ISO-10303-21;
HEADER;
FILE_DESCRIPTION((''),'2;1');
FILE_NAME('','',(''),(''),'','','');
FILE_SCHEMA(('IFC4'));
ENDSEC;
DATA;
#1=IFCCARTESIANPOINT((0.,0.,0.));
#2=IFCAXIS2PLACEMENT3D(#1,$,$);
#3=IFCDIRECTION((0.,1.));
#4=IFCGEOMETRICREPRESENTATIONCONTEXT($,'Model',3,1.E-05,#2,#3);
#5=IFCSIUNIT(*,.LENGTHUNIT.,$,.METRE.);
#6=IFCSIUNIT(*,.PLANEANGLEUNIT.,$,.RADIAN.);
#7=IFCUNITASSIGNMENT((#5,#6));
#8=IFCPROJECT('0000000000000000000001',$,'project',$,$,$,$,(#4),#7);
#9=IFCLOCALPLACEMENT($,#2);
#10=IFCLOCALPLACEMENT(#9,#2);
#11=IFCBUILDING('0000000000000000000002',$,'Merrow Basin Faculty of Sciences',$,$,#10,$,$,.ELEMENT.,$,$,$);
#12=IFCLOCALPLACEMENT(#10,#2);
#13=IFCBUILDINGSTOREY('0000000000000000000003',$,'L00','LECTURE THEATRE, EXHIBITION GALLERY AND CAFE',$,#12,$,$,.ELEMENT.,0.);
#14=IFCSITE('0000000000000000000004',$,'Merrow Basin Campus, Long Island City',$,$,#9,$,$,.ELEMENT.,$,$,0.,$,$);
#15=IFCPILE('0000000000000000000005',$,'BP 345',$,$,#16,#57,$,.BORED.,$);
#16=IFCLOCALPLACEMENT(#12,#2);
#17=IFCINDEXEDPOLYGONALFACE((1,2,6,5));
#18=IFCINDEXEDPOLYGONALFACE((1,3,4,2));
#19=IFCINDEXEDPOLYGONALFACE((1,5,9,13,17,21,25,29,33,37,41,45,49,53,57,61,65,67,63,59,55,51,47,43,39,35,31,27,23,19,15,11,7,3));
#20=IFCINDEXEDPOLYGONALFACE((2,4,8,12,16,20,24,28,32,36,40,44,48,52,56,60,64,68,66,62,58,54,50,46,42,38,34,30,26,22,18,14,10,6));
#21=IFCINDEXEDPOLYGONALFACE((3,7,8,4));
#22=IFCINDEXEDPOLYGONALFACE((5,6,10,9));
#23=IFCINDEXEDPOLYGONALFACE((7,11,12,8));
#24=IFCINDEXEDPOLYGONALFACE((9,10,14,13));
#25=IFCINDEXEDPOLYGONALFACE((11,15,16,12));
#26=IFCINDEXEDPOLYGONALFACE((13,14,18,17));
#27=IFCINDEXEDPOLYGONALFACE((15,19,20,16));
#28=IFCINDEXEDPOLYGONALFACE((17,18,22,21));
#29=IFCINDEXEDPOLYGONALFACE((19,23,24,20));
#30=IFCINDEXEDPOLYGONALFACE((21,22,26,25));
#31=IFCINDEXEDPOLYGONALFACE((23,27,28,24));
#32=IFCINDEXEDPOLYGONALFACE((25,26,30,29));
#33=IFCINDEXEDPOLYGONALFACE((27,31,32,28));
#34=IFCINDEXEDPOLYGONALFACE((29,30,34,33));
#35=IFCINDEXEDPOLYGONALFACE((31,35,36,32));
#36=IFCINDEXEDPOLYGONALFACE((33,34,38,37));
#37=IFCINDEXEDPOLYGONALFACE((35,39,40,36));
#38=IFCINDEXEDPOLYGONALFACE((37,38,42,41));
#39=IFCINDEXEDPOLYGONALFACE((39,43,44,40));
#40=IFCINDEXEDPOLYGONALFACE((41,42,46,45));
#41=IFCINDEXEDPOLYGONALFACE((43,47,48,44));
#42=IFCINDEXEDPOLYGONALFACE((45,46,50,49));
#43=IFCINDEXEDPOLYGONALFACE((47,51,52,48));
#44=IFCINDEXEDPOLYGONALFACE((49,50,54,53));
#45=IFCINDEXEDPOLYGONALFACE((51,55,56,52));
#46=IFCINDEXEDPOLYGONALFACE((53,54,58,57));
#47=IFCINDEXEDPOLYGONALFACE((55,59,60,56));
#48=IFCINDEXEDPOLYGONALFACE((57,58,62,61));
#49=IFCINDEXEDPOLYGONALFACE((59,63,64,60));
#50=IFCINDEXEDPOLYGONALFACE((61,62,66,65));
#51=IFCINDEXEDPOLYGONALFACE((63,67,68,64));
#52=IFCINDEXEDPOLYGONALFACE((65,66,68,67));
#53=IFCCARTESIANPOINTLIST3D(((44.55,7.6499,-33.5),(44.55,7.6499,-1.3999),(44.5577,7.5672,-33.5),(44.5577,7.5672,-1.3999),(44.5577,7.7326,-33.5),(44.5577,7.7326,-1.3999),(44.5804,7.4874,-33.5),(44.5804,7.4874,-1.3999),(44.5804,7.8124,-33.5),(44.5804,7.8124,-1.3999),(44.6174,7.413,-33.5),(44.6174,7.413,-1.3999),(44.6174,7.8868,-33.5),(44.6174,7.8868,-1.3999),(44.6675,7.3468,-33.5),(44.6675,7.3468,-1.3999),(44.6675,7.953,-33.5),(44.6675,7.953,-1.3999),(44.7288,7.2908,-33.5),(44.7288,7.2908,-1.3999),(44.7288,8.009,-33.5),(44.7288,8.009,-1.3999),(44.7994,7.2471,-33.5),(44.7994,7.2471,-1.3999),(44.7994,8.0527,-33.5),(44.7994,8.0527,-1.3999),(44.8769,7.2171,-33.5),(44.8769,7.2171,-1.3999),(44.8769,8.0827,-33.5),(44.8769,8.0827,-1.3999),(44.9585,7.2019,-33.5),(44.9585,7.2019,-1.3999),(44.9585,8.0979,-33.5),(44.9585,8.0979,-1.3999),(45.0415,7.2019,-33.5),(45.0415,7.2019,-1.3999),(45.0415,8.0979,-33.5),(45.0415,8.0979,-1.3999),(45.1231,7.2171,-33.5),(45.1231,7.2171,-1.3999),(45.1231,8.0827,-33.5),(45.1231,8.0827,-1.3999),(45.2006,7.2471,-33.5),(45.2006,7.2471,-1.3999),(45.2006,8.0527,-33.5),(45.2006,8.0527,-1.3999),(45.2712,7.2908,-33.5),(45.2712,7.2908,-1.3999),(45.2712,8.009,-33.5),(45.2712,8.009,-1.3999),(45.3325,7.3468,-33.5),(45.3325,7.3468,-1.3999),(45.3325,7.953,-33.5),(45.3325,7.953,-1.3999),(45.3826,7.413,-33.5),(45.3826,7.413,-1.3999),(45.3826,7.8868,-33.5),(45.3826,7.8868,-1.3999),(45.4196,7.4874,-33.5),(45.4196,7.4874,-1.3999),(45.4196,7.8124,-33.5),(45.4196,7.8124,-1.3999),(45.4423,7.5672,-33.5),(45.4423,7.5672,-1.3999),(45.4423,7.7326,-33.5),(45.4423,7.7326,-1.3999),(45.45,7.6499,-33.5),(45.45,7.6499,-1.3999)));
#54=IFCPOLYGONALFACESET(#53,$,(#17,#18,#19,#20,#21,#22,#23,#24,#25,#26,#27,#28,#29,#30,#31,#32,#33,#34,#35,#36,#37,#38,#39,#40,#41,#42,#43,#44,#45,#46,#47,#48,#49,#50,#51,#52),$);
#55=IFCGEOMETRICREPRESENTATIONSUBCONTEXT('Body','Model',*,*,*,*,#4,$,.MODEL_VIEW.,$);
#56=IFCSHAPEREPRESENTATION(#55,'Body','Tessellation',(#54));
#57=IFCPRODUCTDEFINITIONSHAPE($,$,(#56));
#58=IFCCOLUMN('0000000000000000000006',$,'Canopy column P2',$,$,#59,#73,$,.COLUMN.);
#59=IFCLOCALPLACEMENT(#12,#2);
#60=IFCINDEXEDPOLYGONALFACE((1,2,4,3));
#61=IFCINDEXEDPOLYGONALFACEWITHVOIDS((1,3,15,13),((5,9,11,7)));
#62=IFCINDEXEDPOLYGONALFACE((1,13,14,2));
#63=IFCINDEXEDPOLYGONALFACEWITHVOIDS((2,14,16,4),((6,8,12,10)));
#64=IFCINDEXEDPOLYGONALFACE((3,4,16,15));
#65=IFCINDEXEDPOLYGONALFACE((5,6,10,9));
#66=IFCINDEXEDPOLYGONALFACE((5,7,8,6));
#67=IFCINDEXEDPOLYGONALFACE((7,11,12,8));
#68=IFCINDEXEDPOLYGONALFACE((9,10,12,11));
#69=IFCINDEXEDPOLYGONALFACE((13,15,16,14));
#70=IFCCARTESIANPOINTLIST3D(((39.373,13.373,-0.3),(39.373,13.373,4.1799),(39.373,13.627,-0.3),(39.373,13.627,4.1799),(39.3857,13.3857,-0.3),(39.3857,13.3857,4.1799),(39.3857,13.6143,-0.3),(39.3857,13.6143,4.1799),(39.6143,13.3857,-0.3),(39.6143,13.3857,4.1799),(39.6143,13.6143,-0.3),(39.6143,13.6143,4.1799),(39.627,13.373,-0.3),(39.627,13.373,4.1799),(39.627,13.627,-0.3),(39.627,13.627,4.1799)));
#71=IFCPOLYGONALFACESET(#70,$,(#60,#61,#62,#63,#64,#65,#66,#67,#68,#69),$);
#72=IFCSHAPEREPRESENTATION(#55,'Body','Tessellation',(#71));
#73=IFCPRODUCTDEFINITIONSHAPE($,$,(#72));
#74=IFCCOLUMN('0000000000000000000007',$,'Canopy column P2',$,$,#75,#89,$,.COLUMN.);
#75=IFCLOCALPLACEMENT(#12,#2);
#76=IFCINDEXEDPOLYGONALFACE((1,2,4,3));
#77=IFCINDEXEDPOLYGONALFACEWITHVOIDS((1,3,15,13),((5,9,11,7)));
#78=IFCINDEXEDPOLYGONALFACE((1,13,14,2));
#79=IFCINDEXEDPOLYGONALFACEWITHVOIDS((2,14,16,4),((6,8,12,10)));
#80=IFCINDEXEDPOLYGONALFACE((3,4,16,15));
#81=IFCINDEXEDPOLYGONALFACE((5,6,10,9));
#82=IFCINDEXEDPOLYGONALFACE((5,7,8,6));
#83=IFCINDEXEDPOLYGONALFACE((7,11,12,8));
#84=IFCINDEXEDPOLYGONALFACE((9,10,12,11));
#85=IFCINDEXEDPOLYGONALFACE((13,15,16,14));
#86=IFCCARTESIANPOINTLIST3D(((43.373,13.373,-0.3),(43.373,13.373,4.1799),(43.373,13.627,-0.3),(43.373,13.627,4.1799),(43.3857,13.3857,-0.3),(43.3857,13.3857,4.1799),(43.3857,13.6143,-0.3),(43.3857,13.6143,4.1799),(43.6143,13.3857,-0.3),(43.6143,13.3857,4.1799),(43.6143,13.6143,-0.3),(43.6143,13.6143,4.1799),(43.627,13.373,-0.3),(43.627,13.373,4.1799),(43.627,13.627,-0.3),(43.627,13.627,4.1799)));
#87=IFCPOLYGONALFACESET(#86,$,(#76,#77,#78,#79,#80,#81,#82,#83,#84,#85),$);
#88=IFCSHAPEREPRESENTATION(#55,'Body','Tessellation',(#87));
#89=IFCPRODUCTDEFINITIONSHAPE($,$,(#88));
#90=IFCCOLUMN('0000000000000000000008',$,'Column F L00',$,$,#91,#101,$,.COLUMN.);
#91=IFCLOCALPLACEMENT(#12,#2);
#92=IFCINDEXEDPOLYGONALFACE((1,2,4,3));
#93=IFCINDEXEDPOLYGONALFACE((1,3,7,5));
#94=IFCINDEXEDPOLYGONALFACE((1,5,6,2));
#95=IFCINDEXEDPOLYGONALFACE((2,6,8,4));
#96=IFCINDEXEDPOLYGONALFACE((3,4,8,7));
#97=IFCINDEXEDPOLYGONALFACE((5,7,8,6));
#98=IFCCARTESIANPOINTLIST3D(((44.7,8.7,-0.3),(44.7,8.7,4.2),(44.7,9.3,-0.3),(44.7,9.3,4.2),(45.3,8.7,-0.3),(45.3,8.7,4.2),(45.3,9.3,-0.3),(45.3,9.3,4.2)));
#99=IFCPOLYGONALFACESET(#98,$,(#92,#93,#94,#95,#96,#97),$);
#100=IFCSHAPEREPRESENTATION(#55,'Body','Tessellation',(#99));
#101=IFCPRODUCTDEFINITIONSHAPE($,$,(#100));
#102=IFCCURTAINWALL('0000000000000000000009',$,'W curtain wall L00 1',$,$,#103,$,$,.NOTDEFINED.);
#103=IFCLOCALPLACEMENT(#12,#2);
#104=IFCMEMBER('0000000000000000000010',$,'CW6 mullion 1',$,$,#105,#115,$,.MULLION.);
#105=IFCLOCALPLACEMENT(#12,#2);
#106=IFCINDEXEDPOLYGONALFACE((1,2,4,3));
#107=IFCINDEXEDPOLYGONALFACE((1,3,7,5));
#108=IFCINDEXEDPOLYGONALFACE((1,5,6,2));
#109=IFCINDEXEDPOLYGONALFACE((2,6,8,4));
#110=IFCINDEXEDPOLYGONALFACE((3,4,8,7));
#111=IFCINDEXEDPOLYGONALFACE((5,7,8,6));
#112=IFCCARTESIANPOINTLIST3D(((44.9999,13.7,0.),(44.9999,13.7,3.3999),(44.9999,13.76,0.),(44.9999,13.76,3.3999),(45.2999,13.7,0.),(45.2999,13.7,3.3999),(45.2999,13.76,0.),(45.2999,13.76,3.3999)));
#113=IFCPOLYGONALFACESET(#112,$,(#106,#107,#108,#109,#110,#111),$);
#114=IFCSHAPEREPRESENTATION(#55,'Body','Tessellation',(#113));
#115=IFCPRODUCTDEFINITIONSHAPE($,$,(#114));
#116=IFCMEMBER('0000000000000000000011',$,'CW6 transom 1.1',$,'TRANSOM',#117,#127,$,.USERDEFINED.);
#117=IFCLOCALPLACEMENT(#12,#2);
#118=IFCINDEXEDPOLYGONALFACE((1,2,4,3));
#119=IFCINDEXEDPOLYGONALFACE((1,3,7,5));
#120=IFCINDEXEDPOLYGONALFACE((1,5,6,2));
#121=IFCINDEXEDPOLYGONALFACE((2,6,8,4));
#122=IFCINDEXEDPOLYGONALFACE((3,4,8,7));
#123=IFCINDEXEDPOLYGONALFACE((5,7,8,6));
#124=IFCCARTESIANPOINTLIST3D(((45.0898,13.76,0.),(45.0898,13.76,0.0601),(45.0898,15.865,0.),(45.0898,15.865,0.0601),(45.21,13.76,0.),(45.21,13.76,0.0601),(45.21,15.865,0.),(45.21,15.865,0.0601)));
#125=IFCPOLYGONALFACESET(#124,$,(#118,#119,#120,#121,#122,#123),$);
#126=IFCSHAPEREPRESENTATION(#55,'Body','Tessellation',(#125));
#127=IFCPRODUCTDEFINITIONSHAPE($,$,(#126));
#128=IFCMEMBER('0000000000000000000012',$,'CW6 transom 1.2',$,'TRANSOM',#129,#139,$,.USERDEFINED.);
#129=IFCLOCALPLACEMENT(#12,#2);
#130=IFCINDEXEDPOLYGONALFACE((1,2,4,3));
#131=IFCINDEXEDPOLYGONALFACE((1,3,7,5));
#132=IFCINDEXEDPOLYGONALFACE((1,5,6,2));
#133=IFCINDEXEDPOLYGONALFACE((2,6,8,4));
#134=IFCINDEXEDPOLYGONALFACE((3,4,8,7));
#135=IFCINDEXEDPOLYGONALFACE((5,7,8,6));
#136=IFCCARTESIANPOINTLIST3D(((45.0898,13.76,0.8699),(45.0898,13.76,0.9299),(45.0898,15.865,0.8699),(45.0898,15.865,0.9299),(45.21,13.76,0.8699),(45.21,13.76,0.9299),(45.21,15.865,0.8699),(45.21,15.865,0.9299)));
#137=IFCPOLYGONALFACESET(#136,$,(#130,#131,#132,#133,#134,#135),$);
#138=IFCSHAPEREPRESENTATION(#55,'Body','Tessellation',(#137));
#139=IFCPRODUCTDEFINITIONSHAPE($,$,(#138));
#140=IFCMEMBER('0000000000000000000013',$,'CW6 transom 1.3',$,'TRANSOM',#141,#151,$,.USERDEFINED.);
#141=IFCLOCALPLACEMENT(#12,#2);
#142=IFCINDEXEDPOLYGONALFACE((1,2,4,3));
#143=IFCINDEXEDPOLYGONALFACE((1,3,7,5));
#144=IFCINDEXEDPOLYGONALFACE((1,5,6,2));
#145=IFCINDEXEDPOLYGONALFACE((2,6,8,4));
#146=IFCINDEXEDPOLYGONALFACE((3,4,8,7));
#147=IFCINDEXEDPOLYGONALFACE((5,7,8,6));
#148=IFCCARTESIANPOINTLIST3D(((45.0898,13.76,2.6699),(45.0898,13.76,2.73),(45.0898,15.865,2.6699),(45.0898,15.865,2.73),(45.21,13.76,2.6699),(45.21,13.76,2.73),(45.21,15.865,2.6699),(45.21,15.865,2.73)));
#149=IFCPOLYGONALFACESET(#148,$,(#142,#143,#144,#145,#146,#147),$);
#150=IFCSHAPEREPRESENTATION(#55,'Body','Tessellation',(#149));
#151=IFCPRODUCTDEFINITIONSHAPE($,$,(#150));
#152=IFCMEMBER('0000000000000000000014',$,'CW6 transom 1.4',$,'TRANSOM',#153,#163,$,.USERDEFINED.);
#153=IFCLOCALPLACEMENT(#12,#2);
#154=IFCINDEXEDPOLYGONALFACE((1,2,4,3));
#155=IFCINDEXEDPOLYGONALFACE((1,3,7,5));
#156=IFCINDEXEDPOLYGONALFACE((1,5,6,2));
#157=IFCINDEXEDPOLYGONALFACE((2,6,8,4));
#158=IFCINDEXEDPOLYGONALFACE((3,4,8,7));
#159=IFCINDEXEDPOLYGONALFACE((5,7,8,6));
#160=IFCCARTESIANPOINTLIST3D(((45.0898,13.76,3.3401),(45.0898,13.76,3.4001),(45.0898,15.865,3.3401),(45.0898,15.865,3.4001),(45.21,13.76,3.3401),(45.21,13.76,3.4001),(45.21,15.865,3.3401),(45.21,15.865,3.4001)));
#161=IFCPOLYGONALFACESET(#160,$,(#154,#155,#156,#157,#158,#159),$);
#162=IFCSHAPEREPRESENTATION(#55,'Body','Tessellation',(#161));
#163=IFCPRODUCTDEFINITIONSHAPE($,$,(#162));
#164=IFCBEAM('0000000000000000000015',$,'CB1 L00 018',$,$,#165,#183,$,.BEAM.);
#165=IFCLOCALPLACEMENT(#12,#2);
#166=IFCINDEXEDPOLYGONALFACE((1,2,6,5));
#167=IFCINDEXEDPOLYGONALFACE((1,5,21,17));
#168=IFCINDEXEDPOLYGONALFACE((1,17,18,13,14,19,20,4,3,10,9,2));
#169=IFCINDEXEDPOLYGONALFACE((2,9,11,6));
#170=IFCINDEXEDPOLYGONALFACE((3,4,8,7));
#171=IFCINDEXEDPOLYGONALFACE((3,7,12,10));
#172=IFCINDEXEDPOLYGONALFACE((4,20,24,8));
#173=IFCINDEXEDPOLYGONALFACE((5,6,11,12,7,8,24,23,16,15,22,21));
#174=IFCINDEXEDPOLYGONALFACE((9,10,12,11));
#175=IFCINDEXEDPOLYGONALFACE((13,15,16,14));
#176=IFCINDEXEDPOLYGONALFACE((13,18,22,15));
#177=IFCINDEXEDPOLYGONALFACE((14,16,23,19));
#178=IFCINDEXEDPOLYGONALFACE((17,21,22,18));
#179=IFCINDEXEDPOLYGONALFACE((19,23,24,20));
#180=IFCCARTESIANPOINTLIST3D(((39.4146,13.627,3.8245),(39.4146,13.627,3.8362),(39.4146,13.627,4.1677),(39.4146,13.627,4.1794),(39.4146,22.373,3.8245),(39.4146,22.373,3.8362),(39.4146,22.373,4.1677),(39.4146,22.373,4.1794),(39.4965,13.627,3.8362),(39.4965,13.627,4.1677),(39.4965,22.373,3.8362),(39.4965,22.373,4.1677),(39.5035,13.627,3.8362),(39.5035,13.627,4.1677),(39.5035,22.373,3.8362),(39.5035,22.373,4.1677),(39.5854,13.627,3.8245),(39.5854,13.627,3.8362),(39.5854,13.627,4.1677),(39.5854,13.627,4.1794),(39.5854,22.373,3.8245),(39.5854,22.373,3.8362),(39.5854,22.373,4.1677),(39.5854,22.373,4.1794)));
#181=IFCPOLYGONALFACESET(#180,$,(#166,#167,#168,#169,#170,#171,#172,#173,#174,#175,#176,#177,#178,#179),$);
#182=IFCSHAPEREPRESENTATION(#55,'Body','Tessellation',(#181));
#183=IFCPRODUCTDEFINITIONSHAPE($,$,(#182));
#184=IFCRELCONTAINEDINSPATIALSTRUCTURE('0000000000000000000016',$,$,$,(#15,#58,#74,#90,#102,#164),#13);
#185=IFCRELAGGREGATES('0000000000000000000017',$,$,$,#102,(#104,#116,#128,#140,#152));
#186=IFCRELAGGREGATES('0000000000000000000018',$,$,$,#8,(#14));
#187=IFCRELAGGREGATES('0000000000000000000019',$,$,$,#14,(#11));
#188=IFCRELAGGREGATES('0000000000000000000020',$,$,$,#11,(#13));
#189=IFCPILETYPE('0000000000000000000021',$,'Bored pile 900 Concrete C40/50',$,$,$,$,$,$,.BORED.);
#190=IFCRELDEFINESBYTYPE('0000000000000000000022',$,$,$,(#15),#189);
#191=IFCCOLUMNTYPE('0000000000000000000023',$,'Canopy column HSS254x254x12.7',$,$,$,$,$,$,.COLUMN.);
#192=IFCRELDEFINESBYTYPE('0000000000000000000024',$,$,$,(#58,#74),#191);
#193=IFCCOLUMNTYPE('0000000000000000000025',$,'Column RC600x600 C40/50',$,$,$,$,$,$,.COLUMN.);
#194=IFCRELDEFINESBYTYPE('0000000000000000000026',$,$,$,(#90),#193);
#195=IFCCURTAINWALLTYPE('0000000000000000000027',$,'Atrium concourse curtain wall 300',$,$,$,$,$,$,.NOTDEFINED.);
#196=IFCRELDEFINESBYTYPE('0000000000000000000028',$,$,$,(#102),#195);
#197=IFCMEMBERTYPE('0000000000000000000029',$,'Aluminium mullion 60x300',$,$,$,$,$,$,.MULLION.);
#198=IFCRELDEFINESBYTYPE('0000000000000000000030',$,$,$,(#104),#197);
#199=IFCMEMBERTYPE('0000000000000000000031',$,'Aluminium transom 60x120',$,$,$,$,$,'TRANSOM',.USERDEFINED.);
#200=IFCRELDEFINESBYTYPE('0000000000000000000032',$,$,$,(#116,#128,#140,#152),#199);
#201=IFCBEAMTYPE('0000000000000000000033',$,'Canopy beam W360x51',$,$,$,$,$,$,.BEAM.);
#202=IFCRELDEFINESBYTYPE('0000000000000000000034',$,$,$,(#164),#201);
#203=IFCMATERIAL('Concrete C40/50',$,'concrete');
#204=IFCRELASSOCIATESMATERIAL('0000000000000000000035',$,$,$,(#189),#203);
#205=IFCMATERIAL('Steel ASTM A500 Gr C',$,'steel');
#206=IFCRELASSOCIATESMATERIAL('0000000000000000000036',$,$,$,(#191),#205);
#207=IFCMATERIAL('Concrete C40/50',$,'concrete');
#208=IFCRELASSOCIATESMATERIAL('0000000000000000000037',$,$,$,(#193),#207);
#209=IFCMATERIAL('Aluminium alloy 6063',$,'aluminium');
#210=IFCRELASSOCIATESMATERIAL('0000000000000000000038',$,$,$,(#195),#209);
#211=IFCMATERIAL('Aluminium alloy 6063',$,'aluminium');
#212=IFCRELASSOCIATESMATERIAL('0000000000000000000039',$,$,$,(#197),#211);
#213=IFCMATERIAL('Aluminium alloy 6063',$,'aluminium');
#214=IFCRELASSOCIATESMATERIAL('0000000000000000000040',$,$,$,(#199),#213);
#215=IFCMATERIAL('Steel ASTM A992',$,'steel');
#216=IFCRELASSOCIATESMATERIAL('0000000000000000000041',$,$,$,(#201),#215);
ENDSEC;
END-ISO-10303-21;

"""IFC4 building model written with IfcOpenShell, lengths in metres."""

from ifc_helpers import new_model, si_unit, direction, frame, origin, origin_2d, place, context, subcontext, project, spatial, rectangle, hollow_rectangle, circle, i_section, extrude, material, material_profile, profile_set, type_object, element, aggregate, save


model = new_model("IFC4")

# Units and contexts
model_context = context("Model", 3, precision=1e-05, world=origin(), true_north=direction((0.0, 1.0)))
body_context = subcontext(model_context, "Body", "Model", "MODEL_VIEW")
ifc_project = project(units=[si_unit("LENGTHUNIT", "METRE"), si_unit("PLANEANGLEUNIT", "RADIAN")], contexts=[model_context])

# Site, building, storey
site_placement = place(None, origin())
site = spatial("IfcSite", under=ifc_project, at=site_placement, Name="Merrow Basin Campus, Long Island City", CompositionType="ELEMENT", RefElevation=0.0)
building_placement = place(site_placement, origin())
building = spatial("IfcBuilding", under=site, at=building_placement, Name="Merrow Basin Faculty of Sciences", CompositionType="ELEMENT")
storey_placement = place(building_placement, origin())
storey = spatial("IfcBuildingStorey", under=building, at=storey_placement, Name="L00", Description="LECTURE THEATRE, EXHIBITION GALLERY AND CAFE", CompositionType="ELEMENT", Elevation=0.0)

# Pile
ifc_material_1 = material(Name="Concrete C40/50", Category="concrete")
ifc_material_profile_1 = material_profile(ifc_material_1, circle(Radius=0.45, at=origin_2d()))
ifc_profile_set_1 = profile_set([ifc_material_profile_1], Name="Concrete C40/50")
pile_type_1 = type_object("IfcPileType", Name="Bored pile 900 Concrete C40/50", PredefinedType="BORED", material=ifc_profile_set_1)
for number, where, z_axis, x_axis, name in (
    (1, (45.0, 7.6499, -1.3999), (0.0, 0.0, -1.0), (1.0, 0.0, 0.0), "BP 345"),
):
    element("IfcPile", number, at=place(storey_placement, frame(where, z_axis=z_axis, x_axis=x_axis)), inside=storey, type_object=pile_type_1, Name=name, PredefinedType="BORED", context=body_context, shape_type="SweptSolid", body=[
        extrude(circle(Radius=0.45, at=origin_2d()), origin(), (0.0, 0.0, 1.0), 32.1001),
    ])

# Columns
ifc_material_2 = material(Name="Steel ASTM A500 Gr C", Category="steel")
ifc_material_profile_2 = material_profile(ifc_material_2, hollow_rectangle(XDim=0.2539, YDim=0.2539, WallThickness=0.0127, at=origin_2d()))
ifc_profile_set_2 = profile_set([ifc_material_profile_2], Name="Steel ASTM A500 Gr C")
column_type_1 = type_object("IfcColumnType", Name="Canopy column HSS254x254x12.7", PredefinedType="COLUMN", material=ifc_profile_set_2)
for number, where, z_axis, x_axis, name in (
    (2, (39.5, 13.5, -0.3), (0.0, 0.0, 1.0), (1.0, 0.0, 0.0), "Canopy column P2"),
    (3, (43.5, 13.5, -0.3), (0.0, 0.0, 1.0), (1.0, 0.0, 0.0), "Canopy column P2"),
):
    element("IfcColumn", number, at=place(storey_placement, frame(where, z_axis=z_axis, x_axis=x_axis)), inside=storey, type_object=column_type_1, Name=name, PredefinedType="COLUMN", context=body_context, shape_type="SweptSolid", body=[
        extrude(hollow_rectangle(XDim=0.2539, YDim=0.2539, WallThickness=0.0127, at=origin_2d()), origin(), (0.0, 0.0, 1.0), 4.48),
    ])
ifc_material_3 = material(Name="Concrete C40/50", Category="concrete")
ifc_material_profile_3 = material_profile(ifc_material_3, rectangle(XDim=0.6001, YDim=0.6001, at=origin_2d()))
ifc_profile_set_3 = profile_set([ifc_material_profile_3], Name="Concrete C40/50")
column_type_2 = type_object("IfcColumnType", Name="Column RC600x600 C40/50", PredefinedType="COLUMN", material=ifc_profile_set_3)
column_placement = place(storey_placement, frame((45.0, 9.0, -0.3), z_axis=(0.0, 0.0, 1.0), x_axis=(1.0, 0.0, 0.0)))
element("IfcColumn", 4, at=column_placement, inside=storey, type_object=column_type_2, Name="Column F L00", PredefinedType="COLUMN", context=body_context, shape_type="SweptSolid", body=[
    extrude(rectangle(XDim=0.6001, YDim=0.6001, at=origin_2d()), origin(), (0.0, 0.0, 1.0), 4.5),
])

# Curtain wall, members
ifc_material_4 = material(Name="Aluminium alloy 6063", Category="aluminium")
curtain_wall_type = type_object("IfcCurtainWallType", Name="Atrium concourse curtain wall 300", PredefinedType="NOTDEFINED", material=ifc_material_4)
curtain_wall_placement = place(storey_placement, origin())
curtain_wall = element("IfcCurtainWall", 5, at=curtain_wall_placement, inside=storey, type_object=curtain_wall_type, Name="W curtain wall L00 1", PredefinedType="NOTDEFINED")
ifc_material_5 = material(Name="Aluminium alloy 6063", Category="aluminium")
ifc_material_profile_4 = material_profile(ifc_material_5, rectangle(XDim=0.3, YDim=0.0601, at=origin_2d()))
ifc_profile_set_4 = profile_set([ifc_material_profile_4], Name="Aluminium alloy 6063")
member_type_1 = type_object("IfcMemberType", Name="Aluminium mullion 60x300", PredefinedType="MULLION", material=ifc_profile_set_4)
member_1_placement = place(storey_placement, frame((45.1499, 13.73, 0.0), z_axis=(0.0, 0.0, 1.0), x_axis=(-1.0, 0.0, 0.0)))
member_1 = element("IfcMember", 6, at=member_1_placement, type_object=member_type_1, Name="CW6 mullion 1", PredefinedType="MULLION", context=body_context, shape_type="SweptSolid", body=[
    extrude(rectangle(XDim=0.3, YDim=0.0601, at=origin_2d()), origin(), (0.0, 0.0, 1.0), 3.3999),
])
ifc_material_6 = material(Name="Aluminium alloy 6063", Category="aluminium")
ifc_material_profile_5 = material_profile(ifc_material_6, rectangle(XDim=0.1201, YDim=0.0601, at=origin_2d()))
ifc_profile_set_5 = profile_set([ifc_material_profile_5], Name="Aluminium alloy 6063")
member_type_2 = type_object("IfcMemberType", Name="Aluminium transom 60x120", ElementType="TRANSOM", PredefinedType="USERDEFINED", material=ifc_profile_set_5)
member_2_placement = place(storey_placement, frame((45.1499, 13.76, 0.03), z_axis=(0.0, 1.0, 0.0), x_axis=(-1.0, 0.0, 0.0)))
member_2 = element("IfcMember", 7, at=member_2_placement, type_object=member_type_2, Name="CW6 transom 1.1", ObjectType="TRANSOM", PredefinedType="USERDEFINED", context=body_context, shape_type="SweptSolid", body=[
    extrude(rectangle(XDim=0.1201, YDim=0.0601, at=origin_2d()), origin(), (0.0, 0.0, 1.0), 2.105),
])
member_3_placement = place(storey_placement, frame((45.1499, 13.76, 0.8999), z_axis=(0.0, 1.0, 0.0), x_axis=(-1.0, 0.0, 0.0)))
member_3 = element("IfcMember", 8, at=member_3_placement, type_object=member_type_2, Name="CW6 transom 1.2", ObjectType="TRANSOM", PredefinedType="USERDEFINED", context=body_context, shape_type="SweptSolid", body=[
    extrude(rectangle(XDim=0.1201, YDim=0.0601, at=origin_2d()), origin(), (0.0, 0.0, 1.0), 2.105),
])
member_4_placement = place(storey_placement, frame((45.1499, 13.76, 2.7), z_axis=(0.0, 1.0, 0.0), x_axis=(-1.0, 0.0, 0.0)))
member_4 = element("IfcMember", 9, at=member_4_placement, type_object=member_type_2, Name="CW6 transom 1.3", ObjectType="TRANSOM", PredefinedType="USERDEFINED", context=body_context, shape_type="SweptSolid", body=[
    extrude(rectangle(XDim=0.1201, YDim=0.0601, at=origin_2d()), origin(), (0.0, 0.0, 1.0), 2.105),
])
member_5_placement = place(storey_placement, frame((45.1499, 13.76, 3.3701), z_axis=(0.0, 1.0, 0.0), x_axis=(-1.0, 0.0, 0.0)))
member_5 = element("IfcMember", 10, at=member_5_placement, type_object=member_type_2, Name="CW6 transom 1.4", ObjectType="TRANSOM", PredefinedType="USERDEFINED", context=body_context, shape_type="SweptSolid", body=[
    extrude(rectangle(XDim=0.1201, YDim=0.0601, at=origin_2d()), origin(), (0.0, 0.0, 1.0), 2.105),
])
aggregate(curtain_wall, [member_1, member_2, member_3, member_4, member_5])

# Beam
ifc_material_7 = material(Name="Steel ASTM A992", Category="steel")
ifc_material_profile_6 = material_profile(ifc_material_7, i_section(OverallWidth=0.1709, OverallDepth=0.355, WebThickness=0.0071, FlangeThickness=0.0117, at=origin_2d()))
ifc_profile_set_6 = profile_set([ifc_material_profile_6], Name="Steel ASTM A992")
beam_type = type_object("IfcBeamType", Name="Canopy beam W360x51", PredefinedType="BEAM", material=ifc_profile_set_6)
for number, where, z_axis, x_axis, name in (
    (11, (39.5, 13.627, 4.002), (0.0, 1.0, 0.0), (-1.0, 0.0, 0.0), "CB1 L00 018"),
):
    element("IfcBeam", number, at=place(storey_placement, frame(where, z_axis=z_axis, x_axis=x_axis)), inside=storey, type_object=beam_type, Name=name, PredefinedType="BEAM", context=body_context, shape_type="SweptSolid", body=[
        extrude(i_section(OverallWidth=0.1709, OverallDepth=0.355, WebThickness=0.0071, FlangeThickness=0.0117, at=origin_2d()), origin(), (0.0, 0.0, 1.0), 8.7461),
    ])

save(model, "model.ifc")
